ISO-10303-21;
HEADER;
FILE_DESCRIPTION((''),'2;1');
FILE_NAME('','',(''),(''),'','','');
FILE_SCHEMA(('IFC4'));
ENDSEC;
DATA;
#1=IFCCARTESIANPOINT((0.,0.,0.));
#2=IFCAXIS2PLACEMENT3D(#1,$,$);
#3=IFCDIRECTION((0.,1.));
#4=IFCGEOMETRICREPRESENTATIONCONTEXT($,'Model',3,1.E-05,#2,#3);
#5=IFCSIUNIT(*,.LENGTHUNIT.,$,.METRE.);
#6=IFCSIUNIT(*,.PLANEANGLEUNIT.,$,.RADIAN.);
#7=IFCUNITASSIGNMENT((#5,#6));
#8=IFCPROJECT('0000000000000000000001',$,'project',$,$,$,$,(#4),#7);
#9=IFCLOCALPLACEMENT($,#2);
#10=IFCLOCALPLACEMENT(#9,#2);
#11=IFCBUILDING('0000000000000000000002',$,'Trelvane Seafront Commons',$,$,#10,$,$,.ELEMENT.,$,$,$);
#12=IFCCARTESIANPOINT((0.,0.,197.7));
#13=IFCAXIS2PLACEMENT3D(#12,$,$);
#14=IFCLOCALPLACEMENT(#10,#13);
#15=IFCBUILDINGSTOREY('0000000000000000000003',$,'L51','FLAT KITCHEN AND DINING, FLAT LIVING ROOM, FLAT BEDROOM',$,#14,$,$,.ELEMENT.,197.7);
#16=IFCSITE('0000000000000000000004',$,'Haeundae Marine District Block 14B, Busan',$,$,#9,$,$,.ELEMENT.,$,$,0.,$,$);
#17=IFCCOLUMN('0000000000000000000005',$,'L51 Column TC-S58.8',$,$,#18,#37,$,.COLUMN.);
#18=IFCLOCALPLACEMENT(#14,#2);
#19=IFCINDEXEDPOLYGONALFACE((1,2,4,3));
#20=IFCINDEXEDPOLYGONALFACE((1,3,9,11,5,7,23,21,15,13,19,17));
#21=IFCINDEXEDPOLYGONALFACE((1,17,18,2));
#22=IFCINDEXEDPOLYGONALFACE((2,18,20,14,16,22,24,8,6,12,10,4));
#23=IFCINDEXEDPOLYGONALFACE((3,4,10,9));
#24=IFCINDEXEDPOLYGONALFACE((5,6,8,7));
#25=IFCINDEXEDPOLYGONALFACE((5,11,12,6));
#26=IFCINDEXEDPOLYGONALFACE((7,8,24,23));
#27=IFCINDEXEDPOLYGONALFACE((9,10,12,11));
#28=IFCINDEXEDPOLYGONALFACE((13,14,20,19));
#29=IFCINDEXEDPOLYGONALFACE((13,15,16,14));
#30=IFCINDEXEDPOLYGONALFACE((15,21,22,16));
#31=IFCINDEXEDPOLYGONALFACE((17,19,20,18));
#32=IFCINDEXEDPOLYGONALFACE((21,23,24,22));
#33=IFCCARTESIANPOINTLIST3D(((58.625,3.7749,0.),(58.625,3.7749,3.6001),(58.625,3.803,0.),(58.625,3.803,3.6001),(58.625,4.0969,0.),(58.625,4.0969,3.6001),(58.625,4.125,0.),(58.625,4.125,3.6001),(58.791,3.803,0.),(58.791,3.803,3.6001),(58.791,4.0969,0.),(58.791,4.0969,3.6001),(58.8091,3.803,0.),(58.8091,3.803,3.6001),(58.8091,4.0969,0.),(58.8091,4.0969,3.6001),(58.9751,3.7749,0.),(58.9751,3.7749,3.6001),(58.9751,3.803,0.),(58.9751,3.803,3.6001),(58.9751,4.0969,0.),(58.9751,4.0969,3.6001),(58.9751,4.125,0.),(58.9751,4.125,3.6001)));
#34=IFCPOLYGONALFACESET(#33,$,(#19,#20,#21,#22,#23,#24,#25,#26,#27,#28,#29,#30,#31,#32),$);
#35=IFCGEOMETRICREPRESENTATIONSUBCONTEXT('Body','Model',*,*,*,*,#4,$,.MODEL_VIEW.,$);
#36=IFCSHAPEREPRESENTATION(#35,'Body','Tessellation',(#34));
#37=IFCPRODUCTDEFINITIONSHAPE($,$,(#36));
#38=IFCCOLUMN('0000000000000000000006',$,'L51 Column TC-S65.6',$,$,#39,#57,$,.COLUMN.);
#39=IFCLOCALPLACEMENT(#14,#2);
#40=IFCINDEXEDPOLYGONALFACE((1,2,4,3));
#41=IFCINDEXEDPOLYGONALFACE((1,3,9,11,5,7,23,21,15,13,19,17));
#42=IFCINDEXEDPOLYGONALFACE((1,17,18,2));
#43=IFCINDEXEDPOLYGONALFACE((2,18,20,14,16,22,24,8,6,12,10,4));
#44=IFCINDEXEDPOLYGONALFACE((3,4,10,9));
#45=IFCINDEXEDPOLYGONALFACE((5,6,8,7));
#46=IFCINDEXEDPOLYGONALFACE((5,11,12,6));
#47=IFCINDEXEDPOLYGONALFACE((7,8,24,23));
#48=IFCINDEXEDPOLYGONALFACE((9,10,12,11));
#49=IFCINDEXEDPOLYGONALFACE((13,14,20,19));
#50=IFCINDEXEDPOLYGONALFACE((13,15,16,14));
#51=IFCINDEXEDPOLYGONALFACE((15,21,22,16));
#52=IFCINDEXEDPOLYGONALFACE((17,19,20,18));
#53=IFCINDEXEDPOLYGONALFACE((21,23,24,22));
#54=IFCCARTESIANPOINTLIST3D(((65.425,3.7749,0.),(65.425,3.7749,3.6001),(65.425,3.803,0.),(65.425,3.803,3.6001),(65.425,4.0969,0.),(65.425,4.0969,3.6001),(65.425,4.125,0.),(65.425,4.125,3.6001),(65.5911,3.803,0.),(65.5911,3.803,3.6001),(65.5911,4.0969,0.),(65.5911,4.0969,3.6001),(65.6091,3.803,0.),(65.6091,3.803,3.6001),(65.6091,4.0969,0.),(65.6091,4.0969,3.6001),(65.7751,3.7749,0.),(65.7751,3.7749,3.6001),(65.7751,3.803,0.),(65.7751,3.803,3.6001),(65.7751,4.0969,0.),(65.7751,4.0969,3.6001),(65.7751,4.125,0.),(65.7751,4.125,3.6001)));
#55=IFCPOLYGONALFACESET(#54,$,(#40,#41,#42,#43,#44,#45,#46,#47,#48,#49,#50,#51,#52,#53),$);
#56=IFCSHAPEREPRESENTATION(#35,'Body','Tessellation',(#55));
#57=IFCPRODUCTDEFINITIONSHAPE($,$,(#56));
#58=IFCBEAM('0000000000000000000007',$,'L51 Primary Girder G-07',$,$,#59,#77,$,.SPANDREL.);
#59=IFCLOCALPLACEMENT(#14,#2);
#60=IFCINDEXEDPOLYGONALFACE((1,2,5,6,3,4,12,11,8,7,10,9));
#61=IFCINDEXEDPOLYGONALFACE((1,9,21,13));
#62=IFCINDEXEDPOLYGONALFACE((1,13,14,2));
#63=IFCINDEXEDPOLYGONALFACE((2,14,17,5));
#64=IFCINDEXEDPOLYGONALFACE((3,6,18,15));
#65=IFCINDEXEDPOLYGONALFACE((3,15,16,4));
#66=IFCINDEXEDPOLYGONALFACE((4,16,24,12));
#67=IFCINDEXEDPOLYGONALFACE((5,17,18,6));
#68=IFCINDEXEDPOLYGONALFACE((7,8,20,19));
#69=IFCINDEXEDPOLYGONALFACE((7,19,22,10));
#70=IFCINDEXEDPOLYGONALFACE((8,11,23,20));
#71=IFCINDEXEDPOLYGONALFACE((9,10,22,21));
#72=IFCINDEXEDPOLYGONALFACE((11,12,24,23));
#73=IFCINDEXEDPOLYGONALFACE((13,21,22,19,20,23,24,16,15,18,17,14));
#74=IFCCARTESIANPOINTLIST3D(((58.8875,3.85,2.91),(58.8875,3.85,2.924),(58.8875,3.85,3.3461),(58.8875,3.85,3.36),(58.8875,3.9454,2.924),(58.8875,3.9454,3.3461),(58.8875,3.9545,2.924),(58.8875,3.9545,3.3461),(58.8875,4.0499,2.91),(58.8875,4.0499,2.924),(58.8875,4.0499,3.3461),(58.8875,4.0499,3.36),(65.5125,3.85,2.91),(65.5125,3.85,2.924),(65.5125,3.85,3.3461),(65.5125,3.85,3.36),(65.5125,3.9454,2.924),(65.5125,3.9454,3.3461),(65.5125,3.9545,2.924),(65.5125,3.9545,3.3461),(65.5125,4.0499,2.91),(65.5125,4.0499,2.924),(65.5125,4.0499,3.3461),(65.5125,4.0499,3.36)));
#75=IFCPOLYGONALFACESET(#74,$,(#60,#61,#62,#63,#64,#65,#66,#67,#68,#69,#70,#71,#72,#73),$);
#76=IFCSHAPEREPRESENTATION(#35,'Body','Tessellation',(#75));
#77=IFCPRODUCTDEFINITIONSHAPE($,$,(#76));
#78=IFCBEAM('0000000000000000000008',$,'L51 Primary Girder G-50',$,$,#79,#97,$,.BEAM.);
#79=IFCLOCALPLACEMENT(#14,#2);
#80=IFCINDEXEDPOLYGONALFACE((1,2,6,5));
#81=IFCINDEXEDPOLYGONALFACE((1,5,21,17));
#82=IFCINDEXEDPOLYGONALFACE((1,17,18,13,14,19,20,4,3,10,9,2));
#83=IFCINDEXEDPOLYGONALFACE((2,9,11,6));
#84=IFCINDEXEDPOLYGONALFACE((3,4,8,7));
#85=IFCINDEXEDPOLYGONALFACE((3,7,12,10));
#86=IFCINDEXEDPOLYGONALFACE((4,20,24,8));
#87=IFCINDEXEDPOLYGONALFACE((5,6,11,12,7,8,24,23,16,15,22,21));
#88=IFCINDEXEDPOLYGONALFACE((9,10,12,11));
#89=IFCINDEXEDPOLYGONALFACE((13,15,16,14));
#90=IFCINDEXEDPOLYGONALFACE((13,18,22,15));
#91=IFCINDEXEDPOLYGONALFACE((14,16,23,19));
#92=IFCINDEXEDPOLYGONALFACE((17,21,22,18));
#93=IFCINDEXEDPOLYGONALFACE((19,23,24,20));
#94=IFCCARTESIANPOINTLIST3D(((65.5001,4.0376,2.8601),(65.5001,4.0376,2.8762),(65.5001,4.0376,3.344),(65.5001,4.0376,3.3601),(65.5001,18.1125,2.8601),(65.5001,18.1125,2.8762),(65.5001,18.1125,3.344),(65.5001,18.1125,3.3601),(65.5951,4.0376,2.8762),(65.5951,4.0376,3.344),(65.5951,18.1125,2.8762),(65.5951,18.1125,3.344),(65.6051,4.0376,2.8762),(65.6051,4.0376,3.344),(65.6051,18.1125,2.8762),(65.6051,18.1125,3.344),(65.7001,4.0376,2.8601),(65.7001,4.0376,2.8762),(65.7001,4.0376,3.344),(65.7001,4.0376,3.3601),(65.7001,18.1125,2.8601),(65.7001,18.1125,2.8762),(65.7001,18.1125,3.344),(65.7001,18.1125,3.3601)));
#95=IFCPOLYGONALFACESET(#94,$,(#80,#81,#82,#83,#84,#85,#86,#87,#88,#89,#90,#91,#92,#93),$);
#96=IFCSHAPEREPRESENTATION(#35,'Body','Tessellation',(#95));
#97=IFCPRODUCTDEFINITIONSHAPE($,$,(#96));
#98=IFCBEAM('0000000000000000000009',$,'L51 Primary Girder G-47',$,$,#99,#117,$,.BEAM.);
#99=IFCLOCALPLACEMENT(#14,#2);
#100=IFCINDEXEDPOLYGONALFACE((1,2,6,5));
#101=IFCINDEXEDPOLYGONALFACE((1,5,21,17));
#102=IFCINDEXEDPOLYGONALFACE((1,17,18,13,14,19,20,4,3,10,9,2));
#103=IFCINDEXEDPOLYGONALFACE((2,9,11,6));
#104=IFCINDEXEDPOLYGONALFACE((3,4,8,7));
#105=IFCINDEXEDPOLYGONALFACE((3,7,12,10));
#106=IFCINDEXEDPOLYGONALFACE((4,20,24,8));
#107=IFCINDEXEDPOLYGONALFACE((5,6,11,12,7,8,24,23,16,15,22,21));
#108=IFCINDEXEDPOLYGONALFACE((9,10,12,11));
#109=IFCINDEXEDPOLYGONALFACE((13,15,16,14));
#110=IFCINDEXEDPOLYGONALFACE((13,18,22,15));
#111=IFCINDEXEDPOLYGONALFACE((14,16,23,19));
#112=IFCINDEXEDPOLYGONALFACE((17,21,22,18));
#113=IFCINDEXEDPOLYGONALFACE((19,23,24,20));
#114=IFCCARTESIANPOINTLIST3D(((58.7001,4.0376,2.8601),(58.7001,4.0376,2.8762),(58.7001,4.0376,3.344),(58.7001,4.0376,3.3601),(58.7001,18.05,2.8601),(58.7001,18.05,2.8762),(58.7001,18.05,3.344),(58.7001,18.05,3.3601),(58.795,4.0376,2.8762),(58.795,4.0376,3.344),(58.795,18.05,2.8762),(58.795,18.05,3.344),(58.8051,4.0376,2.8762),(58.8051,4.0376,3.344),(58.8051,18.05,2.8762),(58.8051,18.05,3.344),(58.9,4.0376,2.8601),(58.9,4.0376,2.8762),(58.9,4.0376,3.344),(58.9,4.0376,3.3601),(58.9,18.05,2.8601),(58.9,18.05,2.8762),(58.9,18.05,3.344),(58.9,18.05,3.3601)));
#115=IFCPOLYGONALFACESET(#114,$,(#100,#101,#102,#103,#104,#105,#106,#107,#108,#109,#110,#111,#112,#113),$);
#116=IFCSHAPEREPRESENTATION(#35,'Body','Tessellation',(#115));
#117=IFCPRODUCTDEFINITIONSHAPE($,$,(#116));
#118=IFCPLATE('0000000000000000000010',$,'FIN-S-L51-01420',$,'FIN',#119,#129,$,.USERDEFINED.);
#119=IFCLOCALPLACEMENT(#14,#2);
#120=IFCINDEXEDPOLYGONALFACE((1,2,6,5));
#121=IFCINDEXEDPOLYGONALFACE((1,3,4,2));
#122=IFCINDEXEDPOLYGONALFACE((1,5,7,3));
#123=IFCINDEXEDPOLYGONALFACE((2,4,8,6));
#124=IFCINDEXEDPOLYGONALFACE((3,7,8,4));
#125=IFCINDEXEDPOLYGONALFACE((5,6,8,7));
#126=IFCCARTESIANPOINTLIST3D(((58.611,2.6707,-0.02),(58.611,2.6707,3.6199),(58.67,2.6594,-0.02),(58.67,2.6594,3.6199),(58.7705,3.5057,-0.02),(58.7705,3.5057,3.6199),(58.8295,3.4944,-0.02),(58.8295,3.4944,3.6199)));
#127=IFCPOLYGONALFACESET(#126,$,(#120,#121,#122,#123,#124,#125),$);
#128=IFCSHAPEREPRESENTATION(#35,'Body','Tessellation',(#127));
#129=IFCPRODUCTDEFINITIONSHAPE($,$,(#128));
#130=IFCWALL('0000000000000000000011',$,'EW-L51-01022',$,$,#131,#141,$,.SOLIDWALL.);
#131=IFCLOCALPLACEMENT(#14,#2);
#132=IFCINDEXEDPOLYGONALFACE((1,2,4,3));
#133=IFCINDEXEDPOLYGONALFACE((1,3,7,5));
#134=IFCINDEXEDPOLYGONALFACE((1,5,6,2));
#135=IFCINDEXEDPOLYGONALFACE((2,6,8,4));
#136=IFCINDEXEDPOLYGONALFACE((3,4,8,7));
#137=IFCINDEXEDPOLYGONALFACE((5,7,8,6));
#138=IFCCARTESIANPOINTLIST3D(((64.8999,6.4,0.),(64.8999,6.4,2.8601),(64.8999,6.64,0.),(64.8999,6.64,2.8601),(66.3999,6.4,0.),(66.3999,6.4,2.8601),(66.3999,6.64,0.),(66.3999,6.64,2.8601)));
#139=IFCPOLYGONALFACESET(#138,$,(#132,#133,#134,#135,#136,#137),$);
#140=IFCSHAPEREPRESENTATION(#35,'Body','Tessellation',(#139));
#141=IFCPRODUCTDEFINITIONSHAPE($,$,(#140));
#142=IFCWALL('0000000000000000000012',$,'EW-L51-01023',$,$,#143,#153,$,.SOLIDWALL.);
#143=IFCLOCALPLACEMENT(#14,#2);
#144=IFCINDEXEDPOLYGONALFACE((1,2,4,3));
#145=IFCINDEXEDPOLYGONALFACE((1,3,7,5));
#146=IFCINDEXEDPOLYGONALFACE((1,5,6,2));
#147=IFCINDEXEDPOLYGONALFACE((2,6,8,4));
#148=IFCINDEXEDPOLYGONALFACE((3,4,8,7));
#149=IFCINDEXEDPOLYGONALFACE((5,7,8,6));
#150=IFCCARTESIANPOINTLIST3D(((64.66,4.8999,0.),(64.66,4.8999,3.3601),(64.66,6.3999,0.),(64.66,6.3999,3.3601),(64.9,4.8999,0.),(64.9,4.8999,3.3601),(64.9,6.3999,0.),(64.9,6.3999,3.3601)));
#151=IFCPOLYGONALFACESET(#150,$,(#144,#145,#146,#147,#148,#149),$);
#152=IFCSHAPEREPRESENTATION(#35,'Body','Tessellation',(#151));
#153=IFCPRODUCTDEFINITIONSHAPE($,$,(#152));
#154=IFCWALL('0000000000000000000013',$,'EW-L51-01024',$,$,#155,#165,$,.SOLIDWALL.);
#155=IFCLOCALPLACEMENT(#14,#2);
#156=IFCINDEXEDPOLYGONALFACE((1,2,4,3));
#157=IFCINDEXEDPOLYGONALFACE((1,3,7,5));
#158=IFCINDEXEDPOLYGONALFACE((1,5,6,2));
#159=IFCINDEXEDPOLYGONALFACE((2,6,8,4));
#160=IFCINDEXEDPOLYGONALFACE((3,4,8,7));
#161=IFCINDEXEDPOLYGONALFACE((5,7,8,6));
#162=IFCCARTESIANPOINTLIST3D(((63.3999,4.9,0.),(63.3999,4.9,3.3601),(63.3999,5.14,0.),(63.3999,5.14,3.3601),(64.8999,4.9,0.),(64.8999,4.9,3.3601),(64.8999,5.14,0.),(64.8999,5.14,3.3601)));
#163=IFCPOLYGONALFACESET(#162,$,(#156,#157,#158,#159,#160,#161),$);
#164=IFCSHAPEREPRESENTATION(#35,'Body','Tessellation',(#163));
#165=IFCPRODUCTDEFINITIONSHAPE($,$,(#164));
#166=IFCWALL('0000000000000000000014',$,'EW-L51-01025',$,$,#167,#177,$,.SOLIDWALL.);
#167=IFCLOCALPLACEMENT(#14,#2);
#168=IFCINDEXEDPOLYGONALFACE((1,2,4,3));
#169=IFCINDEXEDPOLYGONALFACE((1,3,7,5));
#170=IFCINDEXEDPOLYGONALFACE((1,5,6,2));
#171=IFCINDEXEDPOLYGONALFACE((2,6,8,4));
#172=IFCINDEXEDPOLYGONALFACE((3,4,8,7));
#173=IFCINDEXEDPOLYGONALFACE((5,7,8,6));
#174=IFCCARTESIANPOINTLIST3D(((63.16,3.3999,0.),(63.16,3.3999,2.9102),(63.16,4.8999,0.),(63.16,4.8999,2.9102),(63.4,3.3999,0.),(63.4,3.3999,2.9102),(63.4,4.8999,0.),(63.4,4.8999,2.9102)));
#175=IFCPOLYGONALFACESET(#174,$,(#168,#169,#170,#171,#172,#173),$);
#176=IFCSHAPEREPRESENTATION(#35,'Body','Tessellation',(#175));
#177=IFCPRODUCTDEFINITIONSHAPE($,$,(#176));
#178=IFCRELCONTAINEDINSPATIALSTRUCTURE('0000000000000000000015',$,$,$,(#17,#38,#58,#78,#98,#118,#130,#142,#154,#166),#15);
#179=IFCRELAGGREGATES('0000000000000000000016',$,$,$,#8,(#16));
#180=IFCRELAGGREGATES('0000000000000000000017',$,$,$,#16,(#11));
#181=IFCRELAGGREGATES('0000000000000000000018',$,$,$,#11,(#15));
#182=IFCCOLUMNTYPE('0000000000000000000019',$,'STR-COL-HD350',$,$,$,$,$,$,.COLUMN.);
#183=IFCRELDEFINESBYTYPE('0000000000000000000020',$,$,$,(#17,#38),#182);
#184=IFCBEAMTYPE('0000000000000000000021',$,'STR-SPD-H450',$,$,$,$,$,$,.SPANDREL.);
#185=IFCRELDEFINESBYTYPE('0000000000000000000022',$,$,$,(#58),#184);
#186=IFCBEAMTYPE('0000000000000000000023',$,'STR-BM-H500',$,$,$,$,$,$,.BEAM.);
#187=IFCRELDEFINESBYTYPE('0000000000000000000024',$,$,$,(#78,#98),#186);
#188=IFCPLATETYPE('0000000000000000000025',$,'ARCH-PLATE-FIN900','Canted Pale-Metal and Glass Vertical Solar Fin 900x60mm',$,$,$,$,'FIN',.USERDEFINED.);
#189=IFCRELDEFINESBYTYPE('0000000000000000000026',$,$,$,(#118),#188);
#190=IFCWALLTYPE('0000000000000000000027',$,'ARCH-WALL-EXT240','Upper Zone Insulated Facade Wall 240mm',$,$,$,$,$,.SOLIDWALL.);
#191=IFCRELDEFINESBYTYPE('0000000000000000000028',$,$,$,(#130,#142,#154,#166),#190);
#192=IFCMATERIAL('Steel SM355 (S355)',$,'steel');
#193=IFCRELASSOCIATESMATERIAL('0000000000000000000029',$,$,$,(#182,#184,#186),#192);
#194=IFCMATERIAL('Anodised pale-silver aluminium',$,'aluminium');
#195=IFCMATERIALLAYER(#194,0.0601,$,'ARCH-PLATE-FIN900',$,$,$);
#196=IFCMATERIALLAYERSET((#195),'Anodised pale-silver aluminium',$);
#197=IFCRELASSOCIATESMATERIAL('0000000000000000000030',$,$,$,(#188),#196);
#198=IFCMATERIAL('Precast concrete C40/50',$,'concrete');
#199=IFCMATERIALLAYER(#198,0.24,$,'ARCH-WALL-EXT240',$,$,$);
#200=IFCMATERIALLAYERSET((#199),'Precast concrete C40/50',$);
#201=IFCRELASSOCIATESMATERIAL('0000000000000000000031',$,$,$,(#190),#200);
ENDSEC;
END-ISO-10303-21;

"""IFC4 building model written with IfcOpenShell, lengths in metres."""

from ifc_helpers import new_model, si_unit, direction, frame, frame_2d, origin, origin_2d, place, context, subcontext, project, spatial, rectangle, i_section, extrude, source, transform, mapped, material, layer, layer_set, material_profile, profile_set, type_object, element, save


model = new_model("IFC4")

# Units and contexts
model_context = context("Model", 3, precision=1e-05, world=origin(), true_north=direction((0.0, 1.0)))
body_context = subcontext(model_context, "Body", "Model", "MODEL_VIEW")
ifc_project = project(units=[si_unit("LENGTHUNIT", "METRE"), si_unit("PLANEANGLEUNIT", "RADIAN")], contexts=[model_context])

# Site, building, storey
site_placement = place(None, origin())
site = spatial("IfcSite", under=ifc_project, at=site_placement, Name="Haeundae Marine District Block 14B, Busan", CompositionType="ELEMENT", RefElevation=0.0)
building_placement = place(site_placement, origin())
building = spatial("IfcBuilding", under=site, at=building_placement, Name="Trelvane Seafront Commons", CompositionType="ELEMENT")
storey_placement = place(building_placement, frame((0.0, 0.0, 197.7)))
storey = spatial("IfcBuildingStorey", under=building, at=storey_placement, Name="L51", Description="FLAT KITCHEN AND DINING, FLAT LIVING ROOM, FLAT BEDROOM", CompositionType="ELEMENT", Elevation=197.7)

# Columns
ifc_material_1 = material(Name="Steel SM355 (S355)", Category="steel")
ifc_material_profile_1 = material_profile(ifc_material_1, i_section(OverallWidth=0.3501, OverallDepth=0.3501, WebThickness=0.0181, FlangeThickness=0.0281, at=origin_2d()), Name="HD-350x350x18x28")
ifc_profile_set_1 = profile_set([ifc_material_profile_1], Name="Steel SM355 (S355)")
column_type = type_object("IfcColumnType", Name="STR-COL-HD350", PredefinedType="COLUMN", material=ifc_profile_set_1)
shared_shape_1 = source(origin(), body_context, "Body", "SweptSolid", [
    extrude(i_section(OverallWidth=0.3501, OverallDepth=0.3501, WebThickness=0.0181, FlangeThickness=0.0281, at=origin_2d()), origin(), (0.0, 0.0, 1.0), 3.6001),
])
for number, where, z_axis, x_axis, name in (
    (1, (58.8, 3.95, 0.0), (0.0, 0.0, 1.0), (1.0, 0.0, 0.0), "L51 Column TC-S58.8"),
    (2, (65.6001, 3.95, 0.0), (0.0, 0.0, 1.0), (1.0, 0.0, 0.0), "L51 Column TC-S65.6"),
):
    element("IfcColumn", number, at=place(storey_placement, frame(where, z_axis=z_axis, x_axis=x_axis)), inside=storey, type_object=column_type, Name=name, PredefinedType="COLUMN", context=body_context, shape_type="MappedRepresentation", body=[
        mapped(shared_shape_1, transform((0.0, 0.0, 0.0), x_axis=(1.0, 0.0, 0.0), y_axis=(0.0, 1.0, 0.0), z_axis=(0.0, 0.0, 1.0), scale=1.0)),
    ])

# Beams
ifc_material_profile_2 = material_profile(ifc_material_1, i_section(OverallWidth=0.2, OverallDepth=0.45, WebThickness=0.009, FlangeThickness=0.0139, at=origin_2d()), Name="H-450x200x9x14")
ifc_profile_set_2 = profile_set([ifc_material_profile_2], Name="Steel SM355 (S355)")
beam_type_1 = type_object("IfcBeamType", Name="STR-SPD-H450", PredefinedType="SPANDREL", material=ifc_profile_set_2)
shared_shape_2 = source(origin(), body_context, "Body", "SweptSolid", [
    extrude(i_section(OverallWidth=0.2, OverallDepth=0.45, WebThickness=0.009, FlangeThickness=0.0139, at=origin_2d()), origin(), (0.0, 0.0, 1.0), 6.625),
])
beam_1_placement = place(storey_placement, frame((58.8875, 3.95, 3.135), z_axis=(1.0, 0.0, 0.0), x_axis=(0.0, 1.0, 0.0)))
element("IfcBeam", 3, at=beam_1_placement, inside=storey, type_object=beam_type_1, Name="L51 Primary Girder G-07", PredefinedType="SPANDREL", context=body_context, shape_type="MappedRepresentation", body=[
    mapped(shared_shape_2, transform((0.0, 0.0, 0.0), x_axis=(1.0, 0.0, 0.0), y_axis=(0.0, 1.0, 0.0), z_axis=(0.0, 0.0, 1.0), scale=1.0)),
])
ifc_material_profile_3 = material_profile(ifc_material_1, i_section(OverallWidth=0.2, OverallDepth=0.5, WebThickness=0.01, FlangeThickness=0.0161, at=origin_2d()), Name="H-500x200x10x16")
ifc_profile_set_3 = profile_set([ifc_material_profile_3], Name="Steel SM355 (S355)")
beam_type_2 = type_object("IfcBeamType", Name="STR-BM-H500", PredefinedType="BEAM", material=ifc_profile_set_3)
shared_shape_3 = source(origin(), body_context, "Body", "SweptSolid", [
    extrude(i_section(OverallWidth=0.2, OverallDepth=0.5, WebThickness=0.01, FlangeThickness=0.0161, at=origin_2d()), origin(), (0.0, 0.0, 1.0), 14.075),
])
beam_2_placement = place(storey_placement, frame((65.6001, 4.0376, 3.1101), z_axis=(0.0, 1.0, 0.0), x_axis=(-1.0, 0.0, 0.0)))
element("IfcBeam", 4, at=beam_2_placement, inside=storey, type_object=beam_type_2, Name="L51 Primary Girder G-50", PredefinedType="BEAM", context=body_context, shape_type="MappedRepresentation", body=[
    mapped(shared_shape_3, transform((0.0, 0.0, 0.0), x_axis=(1.0, 0.0, 0.0), y_axis=(0.0, 1.0, 0.0), z_axis=(0.0, 0.0, 1.0), scale=1.0)),
])
shared_shape_4 = source(origin(), body_context, "Body", "SweptSolid", [
    extrude(i_section(OverallWidth=0.2, OverallDepth=0.5, WebThickness=0.01, FlangeThickness=0.0161, at=origin_2d()), origin(), (0.0, 0.0, 1.0), 14.0125),
])
beam_3_placement = place(storey_placement, frame((58.8, 4.0376, 3.1101), z_axis=(0.0, 1.0, 0.0), x_axis=(-1.0, 0.0, 0.0)))
element("IfcBeam", 5, at=beam_3_placement, inside=storey, type_object=beam_type_2, Name="L51 Primary Girder G-47", PredefinedType="BEAM", context=body_context, shape_type="MappedRepresentation", body=[
    mapped(shared_shape_4, transform((0.0, 0.0, 0.0), x_axis=(1.0, 0.0, 0.0), y_axis=(0.0, 1.0, 0.0), z_axis=(0.0, 0.0, 1.0), scale=1.0)),
])

# Plate
ifc_material_2 = material(Name="Anodised pale-silver aluminium", Category="aluminium")
ifc_layer_1 = layer(ifc_material_2, 0.0601, Name="ARCH-PLATE-FIN900")
ifc_layer_set_1 = layer_set([ifc_layer_1], Name="Anodised pale-silver aluminium")
plate_type = type_object("IfcPlateType", Name="ARCH-PLATE-FIN900", Description="Canted Pale-Metal and Glass Vertical Solar Fin 900x60mm", ElementType="FIN", PredefinedType="USERDEFINED", material=ifc_layer_set_1)
shared_shape_5 = source(origin(), body_context, "Body", "SweptSolid", [
    extrude(rectangle(XDim=0.8501, YDim=0.0601, at=origin_2d()), origin(), (0.0, 0.0, 1.0), 3.6399),
])
plate_placement = place(storey_placement, frame((58.7202, 3.0825, -0.02), z_axis=(0.0, 0.0, 1.0), x_axis=(-0.187647, -0.982237, 0.0)))
element("IfcPlate", 6, at=plate_placement, inside=storey, type_object=plate_type, Name="FIN-S-L51-01420", ObjectType="FIN", PredefinedType="USERDEFINED", context=body_context, shape_type="MappedRepresentation", body=[
    mapped(shared_shape_5, transform((0.0, 0.0, 0.0), x_axis=(1.0, 0.0, 0.0), y_axis=(0.0, 1.0, 0.0), z_axis=(0.0, 0.0, 1.0), scale=1.0)),
])

# Walls
ifc_material_3 = material(Name="Precast concrete C40/50", Category="concrete")
ifc_layer_2 = layer(ifc_material_3, 0.24, Name="ARCH-WALL-EXT240")
ifc_layer_set_2 = layer_set([ifc_layer_2], Name="Precast concrete C40/50")
wall_type_1 = type_object("IfcWallType", Name="ARCH-WALL-EXT240", Description="Upper Zone Insulated Facade Wall 240mm", PredefinedType="SOLIDWALL", material=ifc_layer_set_2)
wall_1_placement = place(storey_placement, frame((66.3999, 6.52, 0.0), z_axis=(0.0, 0.0, 1.0), x_axis=(-1.0, 0.0, 0.0)))
element("IfcWall", 7, at=wall_1_placement, inside=storey, type_object=wall_type_1, Name="EW-L51-01022", PredefinedType="SOLIDWALL", context=body_context, shape_type="SweptSolid", body=[
    extrude(rectangle(XDim=1.5, YDim=0.24, at=frame_2d((0.75, 0.0))), origin(), (0.0, 0.0, 1.0), 2.8601),
])
for number, where, z_axis, x_axis, name in (
    (8, (64.78, 6.3999, 0.0), (0.0, 0.0, 1.0), (0.0, -1.0, 0.0), "EW-L51-01023"),
    (9, (64.8999, 5.02, 0.0), (0.0, 0.0, 1.0), (-1.0, 0.0, 0.0), "EW-L51-01024"),
):
    element("IfcWall", number, at=place(storey_placement, frame(where, z_axis=z_axis, x_axis=x_axis)), inside=storey, type_object=wall_type_1, Name=name, PredefinedType="SOLIDWALL", context=body_context, shape_type="SweptSolid", body=[
        extrude(rectangle(XDim=1.5, YDim=0.24, at=frame_2d((0.75, 0.0))), origin(), (0.0, 0.0, 1.0), 3.3601),
    ])
wall_2_placement = place(storey_placement, frame((63.28, 4.8999, 0.0), z_axis=(0.0, 0.0, 1.0), x_axis=(0.0, -1.0, 0.0)))
element("IfcWall", 10, at=wall_2_placement, inside=storey, type_object=wall_type_1, Name="EW-L51-01025", PredefinedType="SOLIDWALL", context=body_context, shape_type="SweptSolid", body=[
    extrude(rectangle(XDim=1.5, YDim=0.24, at=frame_2d((0.75, 0.0))), origin(), (0.0, 0.0, 1.0), 2.9102),
])

save(model, "model.ifc")
